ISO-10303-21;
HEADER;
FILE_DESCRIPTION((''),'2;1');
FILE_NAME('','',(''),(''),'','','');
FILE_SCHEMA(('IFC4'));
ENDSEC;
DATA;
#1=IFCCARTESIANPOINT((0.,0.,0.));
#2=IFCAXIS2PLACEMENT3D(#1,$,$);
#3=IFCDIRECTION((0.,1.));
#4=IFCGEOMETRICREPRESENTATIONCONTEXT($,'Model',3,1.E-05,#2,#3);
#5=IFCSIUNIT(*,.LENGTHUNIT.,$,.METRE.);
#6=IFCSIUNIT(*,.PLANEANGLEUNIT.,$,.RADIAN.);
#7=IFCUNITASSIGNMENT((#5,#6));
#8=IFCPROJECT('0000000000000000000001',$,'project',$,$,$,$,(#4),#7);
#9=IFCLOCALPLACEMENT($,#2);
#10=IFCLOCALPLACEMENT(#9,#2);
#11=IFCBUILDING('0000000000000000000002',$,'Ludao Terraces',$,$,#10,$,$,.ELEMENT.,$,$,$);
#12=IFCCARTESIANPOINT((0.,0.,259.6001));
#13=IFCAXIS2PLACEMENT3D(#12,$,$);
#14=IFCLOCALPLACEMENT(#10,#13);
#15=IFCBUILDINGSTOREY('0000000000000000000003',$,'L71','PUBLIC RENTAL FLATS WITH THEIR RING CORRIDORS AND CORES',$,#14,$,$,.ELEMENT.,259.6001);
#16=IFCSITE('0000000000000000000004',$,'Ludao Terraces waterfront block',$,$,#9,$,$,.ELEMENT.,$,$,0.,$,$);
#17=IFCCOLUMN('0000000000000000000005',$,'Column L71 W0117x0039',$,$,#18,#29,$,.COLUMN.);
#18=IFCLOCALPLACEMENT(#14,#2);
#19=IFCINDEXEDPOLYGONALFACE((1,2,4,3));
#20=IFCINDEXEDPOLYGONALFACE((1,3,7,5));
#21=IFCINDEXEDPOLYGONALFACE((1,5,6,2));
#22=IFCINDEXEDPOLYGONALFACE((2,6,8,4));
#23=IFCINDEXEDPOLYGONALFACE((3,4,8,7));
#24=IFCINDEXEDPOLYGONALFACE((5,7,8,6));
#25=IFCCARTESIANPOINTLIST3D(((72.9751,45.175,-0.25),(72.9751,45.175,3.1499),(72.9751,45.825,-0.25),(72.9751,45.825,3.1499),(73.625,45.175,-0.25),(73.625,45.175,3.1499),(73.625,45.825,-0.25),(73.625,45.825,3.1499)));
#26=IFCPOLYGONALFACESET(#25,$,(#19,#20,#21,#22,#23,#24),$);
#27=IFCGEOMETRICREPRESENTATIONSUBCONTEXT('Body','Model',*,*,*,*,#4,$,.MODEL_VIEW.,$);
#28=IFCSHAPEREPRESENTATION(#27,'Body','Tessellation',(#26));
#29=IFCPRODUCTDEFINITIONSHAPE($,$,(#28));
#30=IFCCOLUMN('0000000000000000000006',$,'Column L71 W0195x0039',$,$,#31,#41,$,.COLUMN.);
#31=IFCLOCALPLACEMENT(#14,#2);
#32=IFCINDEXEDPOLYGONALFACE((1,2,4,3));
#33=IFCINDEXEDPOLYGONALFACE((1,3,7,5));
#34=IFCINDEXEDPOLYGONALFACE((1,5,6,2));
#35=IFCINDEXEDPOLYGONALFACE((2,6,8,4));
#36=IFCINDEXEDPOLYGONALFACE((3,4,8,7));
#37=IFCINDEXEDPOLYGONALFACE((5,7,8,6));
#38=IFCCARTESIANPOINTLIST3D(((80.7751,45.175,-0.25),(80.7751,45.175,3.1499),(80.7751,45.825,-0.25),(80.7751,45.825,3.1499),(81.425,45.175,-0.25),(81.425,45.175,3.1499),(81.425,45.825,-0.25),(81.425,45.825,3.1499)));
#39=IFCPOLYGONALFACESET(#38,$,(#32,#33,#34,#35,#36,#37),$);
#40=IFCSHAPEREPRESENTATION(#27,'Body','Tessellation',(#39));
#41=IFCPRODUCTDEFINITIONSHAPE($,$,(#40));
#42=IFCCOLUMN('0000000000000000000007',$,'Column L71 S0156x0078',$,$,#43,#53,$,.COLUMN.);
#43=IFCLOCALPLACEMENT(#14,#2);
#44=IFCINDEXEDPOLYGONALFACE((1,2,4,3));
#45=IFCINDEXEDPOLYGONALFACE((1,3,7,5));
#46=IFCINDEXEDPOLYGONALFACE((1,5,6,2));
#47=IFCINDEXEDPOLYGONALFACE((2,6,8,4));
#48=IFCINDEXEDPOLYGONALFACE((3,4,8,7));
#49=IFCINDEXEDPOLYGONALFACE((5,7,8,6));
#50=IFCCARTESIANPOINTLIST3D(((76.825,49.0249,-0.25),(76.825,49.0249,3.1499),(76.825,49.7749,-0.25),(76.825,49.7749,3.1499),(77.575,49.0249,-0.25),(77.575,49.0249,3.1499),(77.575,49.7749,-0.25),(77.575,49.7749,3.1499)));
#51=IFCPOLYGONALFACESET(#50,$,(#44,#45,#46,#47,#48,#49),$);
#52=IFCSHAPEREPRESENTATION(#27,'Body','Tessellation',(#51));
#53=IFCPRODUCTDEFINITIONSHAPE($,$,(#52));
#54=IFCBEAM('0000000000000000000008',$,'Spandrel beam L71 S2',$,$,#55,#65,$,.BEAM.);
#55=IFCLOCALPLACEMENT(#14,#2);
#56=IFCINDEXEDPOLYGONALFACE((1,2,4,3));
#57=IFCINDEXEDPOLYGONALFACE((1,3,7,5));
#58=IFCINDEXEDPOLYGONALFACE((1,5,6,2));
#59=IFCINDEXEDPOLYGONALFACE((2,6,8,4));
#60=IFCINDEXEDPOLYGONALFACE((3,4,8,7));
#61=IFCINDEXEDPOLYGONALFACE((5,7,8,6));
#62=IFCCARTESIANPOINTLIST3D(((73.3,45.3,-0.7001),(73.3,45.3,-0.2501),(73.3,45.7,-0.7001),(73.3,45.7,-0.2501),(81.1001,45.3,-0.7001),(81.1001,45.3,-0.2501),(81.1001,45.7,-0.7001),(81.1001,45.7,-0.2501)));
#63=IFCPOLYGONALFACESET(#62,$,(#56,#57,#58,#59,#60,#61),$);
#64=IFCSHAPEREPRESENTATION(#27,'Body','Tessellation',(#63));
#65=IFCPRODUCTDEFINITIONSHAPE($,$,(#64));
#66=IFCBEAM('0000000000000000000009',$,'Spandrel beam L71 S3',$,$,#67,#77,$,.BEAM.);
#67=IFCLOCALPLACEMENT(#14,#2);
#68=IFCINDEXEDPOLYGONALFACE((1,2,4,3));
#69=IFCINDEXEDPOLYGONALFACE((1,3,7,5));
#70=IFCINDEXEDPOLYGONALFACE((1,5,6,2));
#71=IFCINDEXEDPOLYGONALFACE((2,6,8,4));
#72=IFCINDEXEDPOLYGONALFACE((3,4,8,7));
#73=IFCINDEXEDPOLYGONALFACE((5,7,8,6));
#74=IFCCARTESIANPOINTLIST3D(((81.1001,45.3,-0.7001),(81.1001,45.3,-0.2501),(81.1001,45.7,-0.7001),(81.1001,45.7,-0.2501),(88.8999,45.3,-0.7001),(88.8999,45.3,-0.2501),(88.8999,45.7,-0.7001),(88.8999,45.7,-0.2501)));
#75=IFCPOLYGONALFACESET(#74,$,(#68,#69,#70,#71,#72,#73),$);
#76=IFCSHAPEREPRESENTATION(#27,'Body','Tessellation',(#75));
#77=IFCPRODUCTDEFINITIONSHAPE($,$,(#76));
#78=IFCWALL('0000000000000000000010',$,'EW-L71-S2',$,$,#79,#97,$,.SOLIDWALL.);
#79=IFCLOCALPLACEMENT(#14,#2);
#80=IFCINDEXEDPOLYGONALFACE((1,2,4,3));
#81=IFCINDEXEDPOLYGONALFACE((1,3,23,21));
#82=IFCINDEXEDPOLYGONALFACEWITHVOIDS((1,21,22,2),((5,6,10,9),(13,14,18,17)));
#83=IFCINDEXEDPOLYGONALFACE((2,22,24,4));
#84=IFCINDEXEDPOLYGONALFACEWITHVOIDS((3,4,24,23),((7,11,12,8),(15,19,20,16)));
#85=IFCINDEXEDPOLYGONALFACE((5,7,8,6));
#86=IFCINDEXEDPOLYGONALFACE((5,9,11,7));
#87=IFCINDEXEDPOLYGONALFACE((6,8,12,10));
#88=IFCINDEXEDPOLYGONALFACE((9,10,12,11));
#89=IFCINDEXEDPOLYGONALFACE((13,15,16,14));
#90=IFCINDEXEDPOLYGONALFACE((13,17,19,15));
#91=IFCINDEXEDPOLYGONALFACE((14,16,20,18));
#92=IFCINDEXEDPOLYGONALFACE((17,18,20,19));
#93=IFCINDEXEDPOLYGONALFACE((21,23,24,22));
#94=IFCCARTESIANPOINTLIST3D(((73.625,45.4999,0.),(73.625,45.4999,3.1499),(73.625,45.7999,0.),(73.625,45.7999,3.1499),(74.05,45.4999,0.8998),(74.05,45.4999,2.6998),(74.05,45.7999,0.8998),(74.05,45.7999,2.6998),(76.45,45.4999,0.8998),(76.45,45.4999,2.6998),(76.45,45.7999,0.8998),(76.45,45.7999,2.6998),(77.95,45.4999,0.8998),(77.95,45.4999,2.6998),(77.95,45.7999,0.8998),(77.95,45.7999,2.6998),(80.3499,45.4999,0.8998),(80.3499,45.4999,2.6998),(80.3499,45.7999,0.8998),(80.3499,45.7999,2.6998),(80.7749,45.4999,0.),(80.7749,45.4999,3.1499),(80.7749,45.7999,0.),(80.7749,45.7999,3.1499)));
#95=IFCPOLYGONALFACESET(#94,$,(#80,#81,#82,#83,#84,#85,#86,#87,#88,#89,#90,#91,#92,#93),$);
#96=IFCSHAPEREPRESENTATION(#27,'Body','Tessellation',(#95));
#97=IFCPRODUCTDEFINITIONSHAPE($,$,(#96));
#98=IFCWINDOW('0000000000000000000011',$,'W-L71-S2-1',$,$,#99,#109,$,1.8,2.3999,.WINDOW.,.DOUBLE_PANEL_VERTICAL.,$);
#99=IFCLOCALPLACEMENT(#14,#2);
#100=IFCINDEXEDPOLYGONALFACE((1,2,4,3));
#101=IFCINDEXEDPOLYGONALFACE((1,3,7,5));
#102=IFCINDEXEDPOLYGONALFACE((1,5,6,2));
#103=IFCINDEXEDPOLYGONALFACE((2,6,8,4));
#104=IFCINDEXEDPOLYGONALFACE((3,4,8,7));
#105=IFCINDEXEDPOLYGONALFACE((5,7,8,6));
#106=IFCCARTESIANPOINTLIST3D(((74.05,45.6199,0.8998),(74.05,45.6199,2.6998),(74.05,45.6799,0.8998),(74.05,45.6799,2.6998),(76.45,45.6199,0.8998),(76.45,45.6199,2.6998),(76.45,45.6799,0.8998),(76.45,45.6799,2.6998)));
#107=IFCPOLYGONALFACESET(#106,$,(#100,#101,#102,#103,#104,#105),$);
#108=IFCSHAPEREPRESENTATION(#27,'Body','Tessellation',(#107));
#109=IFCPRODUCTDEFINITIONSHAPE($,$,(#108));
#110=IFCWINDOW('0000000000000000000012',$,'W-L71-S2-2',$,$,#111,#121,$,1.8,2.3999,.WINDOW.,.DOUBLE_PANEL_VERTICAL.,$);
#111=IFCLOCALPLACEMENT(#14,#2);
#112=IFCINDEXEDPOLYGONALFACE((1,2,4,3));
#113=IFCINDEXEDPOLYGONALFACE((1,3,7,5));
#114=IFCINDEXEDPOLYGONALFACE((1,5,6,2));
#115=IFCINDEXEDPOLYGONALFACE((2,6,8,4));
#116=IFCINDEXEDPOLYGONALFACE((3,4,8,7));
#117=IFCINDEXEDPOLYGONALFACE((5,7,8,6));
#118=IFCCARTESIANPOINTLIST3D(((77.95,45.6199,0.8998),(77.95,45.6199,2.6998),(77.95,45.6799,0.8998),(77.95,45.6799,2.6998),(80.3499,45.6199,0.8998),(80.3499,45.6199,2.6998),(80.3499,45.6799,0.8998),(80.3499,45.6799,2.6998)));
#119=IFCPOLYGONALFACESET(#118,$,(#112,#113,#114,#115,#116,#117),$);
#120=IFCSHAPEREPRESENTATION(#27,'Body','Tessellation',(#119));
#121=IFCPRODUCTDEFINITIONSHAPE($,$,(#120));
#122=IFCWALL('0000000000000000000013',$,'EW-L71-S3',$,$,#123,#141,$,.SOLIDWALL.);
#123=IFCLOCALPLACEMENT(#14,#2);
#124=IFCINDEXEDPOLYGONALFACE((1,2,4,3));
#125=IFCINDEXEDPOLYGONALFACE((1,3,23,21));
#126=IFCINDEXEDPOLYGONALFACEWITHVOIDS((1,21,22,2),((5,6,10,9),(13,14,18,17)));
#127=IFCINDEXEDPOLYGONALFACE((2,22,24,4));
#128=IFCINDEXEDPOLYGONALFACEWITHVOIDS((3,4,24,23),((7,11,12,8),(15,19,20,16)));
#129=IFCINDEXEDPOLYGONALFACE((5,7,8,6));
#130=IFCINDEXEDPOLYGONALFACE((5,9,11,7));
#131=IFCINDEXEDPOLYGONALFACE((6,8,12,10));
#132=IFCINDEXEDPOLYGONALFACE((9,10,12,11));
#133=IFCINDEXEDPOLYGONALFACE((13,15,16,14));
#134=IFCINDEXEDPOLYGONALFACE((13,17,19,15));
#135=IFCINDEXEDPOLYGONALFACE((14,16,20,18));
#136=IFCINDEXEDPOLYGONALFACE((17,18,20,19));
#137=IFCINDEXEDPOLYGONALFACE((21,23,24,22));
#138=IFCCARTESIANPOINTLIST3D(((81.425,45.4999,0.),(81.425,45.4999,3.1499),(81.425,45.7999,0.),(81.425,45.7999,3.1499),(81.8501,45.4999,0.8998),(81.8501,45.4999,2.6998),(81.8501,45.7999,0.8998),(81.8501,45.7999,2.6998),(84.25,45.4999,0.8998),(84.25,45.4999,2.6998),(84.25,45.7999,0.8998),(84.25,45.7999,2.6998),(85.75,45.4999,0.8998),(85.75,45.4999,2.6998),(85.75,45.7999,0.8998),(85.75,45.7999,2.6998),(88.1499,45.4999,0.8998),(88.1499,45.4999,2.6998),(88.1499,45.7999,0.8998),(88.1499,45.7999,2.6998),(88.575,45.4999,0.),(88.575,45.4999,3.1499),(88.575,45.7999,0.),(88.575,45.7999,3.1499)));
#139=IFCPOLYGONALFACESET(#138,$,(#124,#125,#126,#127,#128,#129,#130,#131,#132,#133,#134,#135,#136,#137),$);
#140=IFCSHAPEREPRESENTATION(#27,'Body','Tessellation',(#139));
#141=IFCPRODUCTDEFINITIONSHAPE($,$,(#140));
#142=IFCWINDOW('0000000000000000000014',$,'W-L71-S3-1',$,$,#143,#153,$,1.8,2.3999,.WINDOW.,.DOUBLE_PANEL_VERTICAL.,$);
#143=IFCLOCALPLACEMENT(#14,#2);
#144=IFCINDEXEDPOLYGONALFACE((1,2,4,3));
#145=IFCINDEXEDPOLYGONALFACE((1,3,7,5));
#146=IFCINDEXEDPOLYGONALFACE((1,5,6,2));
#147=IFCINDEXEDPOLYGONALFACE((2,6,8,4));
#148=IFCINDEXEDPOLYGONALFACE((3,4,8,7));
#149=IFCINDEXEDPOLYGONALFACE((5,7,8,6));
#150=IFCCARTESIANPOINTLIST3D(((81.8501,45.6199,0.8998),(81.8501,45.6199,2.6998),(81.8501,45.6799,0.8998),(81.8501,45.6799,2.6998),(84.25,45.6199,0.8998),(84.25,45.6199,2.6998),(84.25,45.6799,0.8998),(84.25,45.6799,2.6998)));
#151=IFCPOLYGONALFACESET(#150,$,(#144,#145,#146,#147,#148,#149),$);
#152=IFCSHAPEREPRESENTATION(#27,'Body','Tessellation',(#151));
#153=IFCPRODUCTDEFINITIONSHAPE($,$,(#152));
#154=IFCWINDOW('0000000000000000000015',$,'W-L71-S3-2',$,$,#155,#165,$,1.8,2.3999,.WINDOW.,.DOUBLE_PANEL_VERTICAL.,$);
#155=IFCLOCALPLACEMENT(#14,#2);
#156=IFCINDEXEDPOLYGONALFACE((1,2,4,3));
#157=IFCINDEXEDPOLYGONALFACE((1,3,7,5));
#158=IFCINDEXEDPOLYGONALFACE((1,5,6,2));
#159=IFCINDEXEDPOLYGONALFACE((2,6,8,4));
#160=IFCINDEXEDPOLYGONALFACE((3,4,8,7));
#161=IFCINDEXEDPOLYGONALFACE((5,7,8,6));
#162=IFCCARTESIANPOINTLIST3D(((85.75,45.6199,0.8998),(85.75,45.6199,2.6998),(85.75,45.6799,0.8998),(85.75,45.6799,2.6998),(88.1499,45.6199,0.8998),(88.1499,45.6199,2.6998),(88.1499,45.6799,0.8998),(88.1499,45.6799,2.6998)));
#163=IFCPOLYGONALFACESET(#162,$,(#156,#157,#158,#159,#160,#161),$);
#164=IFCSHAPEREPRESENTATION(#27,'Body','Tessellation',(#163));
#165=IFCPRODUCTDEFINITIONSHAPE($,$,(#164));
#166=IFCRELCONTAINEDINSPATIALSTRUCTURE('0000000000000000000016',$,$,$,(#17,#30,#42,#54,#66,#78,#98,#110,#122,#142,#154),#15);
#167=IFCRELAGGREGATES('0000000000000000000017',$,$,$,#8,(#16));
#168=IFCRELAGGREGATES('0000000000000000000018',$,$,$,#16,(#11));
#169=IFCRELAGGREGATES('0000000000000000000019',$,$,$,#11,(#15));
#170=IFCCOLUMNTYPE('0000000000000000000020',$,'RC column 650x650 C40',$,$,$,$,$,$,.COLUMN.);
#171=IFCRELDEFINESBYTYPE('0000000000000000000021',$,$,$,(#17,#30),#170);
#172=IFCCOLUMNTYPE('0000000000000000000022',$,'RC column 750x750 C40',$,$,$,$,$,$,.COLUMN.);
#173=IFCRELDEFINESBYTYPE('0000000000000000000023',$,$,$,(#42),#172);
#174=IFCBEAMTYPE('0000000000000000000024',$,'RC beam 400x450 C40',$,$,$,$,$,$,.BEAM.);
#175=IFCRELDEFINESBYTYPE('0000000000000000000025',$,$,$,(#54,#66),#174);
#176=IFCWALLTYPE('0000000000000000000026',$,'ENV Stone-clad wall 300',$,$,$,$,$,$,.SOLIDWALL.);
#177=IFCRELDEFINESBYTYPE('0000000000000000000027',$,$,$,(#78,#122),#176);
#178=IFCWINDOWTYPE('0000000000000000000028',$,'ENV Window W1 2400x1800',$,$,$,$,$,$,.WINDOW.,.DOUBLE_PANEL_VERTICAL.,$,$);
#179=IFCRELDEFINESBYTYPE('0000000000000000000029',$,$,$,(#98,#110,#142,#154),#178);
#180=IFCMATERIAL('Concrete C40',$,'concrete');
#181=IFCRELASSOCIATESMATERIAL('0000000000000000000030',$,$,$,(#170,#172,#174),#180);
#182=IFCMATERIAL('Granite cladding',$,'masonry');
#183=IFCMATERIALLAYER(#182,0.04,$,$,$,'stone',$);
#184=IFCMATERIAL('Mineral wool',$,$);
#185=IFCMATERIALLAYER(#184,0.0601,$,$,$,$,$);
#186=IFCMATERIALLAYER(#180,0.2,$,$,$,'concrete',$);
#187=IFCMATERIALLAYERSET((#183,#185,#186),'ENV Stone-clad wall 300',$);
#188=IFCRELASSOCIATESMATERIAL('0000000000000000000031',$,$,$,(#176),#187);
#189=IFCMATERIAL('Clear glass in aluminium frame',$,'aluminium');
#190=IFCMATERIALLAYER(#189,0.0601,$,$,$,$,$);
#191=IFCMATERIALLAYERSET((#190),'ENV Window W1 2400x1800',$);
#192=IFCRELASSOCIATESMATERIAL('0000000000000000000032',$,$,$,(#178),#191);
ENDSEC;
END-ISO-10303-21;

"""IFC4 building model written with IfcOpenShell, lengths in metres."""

from ifc_helpers import new_model, si_unit, direction, frame, frame_2d, origin, origin_2d, place, context, subcontext, project, spatial, rectangle, extrude, material, layer, layer_set, material_profile, profile_set, type_object, element, fill, save


model = new_model("IFC4")

# Units and contexts
model_context = context("Model", 3, precision=1e-05, world=origin(), true_north=direction((0.0, 1.0)))
body_context = subcontext(model_context, "Body", "Model", "MODEL_VIEW")
ifc_project = project(units=[si_unit("LENGTHUNIT", "METRE"), si_unit("PLANEANGLEUNIT", "RADIAN")], contexts=[model_context])

# Site, building, storey
site_placement = place(None, origin())
site = spatial("IfcSite", under=ifc_project, at=site_placement, Name="Ludao Terraces waterfront block", CompositionType="ELEMENT", RefElevation=0.0)
building_placement = place(site_placement, origin())
building = spatial("IfcBuilding", under=site, at=building_placement, Name="Ludao Terraces", CompositionType="ELEMENT")
storey_placement = place(building_placement, frame((0.0, 0.0, 259.6001)))
storey = spatial("IfcBuildingStorey", under=building, at=storey_placement, Name="L71", Description="PUBLIC RENTAL FLATS WITH THEIR RING CORRIDORS AND CORES", CompositionType="ELEMENT", Elevation=259.6001)

# Columns
ifc_material_1 = material(Name="Concrete C40", Category="concrete")
ifc_material_profile_1 = material_profile(ifc_material_1, rectangle(XDim=0.6499, YDim=0.6499, at=origin_2d()), Name="650 X 650")
ifc_profile_set_1 = profile_set([ifc_material_profile_1], Name="Concrete C40")
column_type_1 = type_object("IfcColumnType", Name="RC column 650x650 C40", PredefinedType="COLUMN", material=ifc_profile_set_1)
for number, where, z_axis, x_axis, name in (
    (1, (73.3, 45.5, -0.25), (0.0, 0.0, 1.0), (1.0, 0.0, 0.0), "Column L71 W0117x0039"),
    (2, (81.1001, 45.5, -0.25), (0.0, 0.0, 1.0), (1.0, 0.0, 0.0), "Column L71 W0195x0039"),
):
    element("IfcColumn", number, at=place(storey_placement, frame(where, z_axis=z_axis, x_axis=x_axis)), inside=storey, type_object=column_type_1, Name=name, PredefinedType="COLUMN", context=body_context, shape_type="SweptSolid", body=[
        extrude(rectangle(XDim=0.6499, YDim=0.6499, at=origin_2d()), origin(), (0.0, 0.0, 1.0), 3.3999),
    ])
ifc_material_profile_2 = material_profile(ifc_material_1, rectangle(XDim=0.75, YDim=0.75, at=origin_2d()), Name="750 X 750")
ifc_profile_set_2 = profile_set([ifc_material_profile_2], Name="Concrete C40")
column_type_2 = type_object("IfcColumnType", Name="RC column 750x750 C40", PredefinedType="COLUMN", material=ifc_profile_set_2)
column_placement = place(storey_placement, frame((77.2, 49.3999, -0.25), z_axis=(0.0, 0.0, 1.0), x_axis=(1.0, 0.0, 0.0)))
element("IfcColumn", 3, at=column_placement, inside=storey, type_object=column_type_2, Name="Column L71 S0156x0078", PredefinedType="COLUMN", context=body_context, shape_type="SweptSolid", body=[
    extrude(rectangle(XDim=0.75, YDim=0.75, at=origin_2d()), origin(), (0.0, 0.0, 1.0), 3.3999),
])

# Beams
ifc_material_profile_3 = material_profile(ifc_material_1, rectangle(XDim=0.3999, YDim=0.45, at=origin_2d()), Name="400 X 450")
ifc_profile_set_3 = profile_set([ifc_material_profile_3], Name="Concrete C40")
beam_type = type_object("IfcBeamType", Name="RC beam 400x450 C40", PredefinedType="BEAM", material=ifc_profile_set_3)
beam_1_placement = place(storey_placement, frame((73.3, 45.5, -0.4751), z_axis=(1.0, 0.0, 0.0), x_axis=(0.0, 1.0, 0.0)))
element("IfcBeam", 4, at=beam_1_placement, inside=storey, type_object=beam_type, Name="Spandrel beam L71 S2", PredefinedType="BEAM", context=body_context, shape_type="SweptSolid", body=[
    extrude(rectangle(XDim=0.3999, YDim=0.45, at=origin_2d()), origin(), (0.0, 0.0, 1.0), 7.8),
])
beam_2_placement = place(storey_placement, frame((81.1001, 45.5, -0.4751), z_axis=(1.0, 0.0, 0.0), x_axis=(0.0, 1.0, 0.0)))
element("IfcBeam", 5, at=beam_2_placement, inside=storey, type_object=beam_type, Name="Spandrel beam L71 S3", PredefinedType="BEAM", context=body_context, shape_type="SweptSolid", body=[
    extrude(rectangle(XDim=0.3999, YDim=0.45, at=origin_2d()), origin(), (0.0, 0.0, 1.0), 7.7998),
])

# Walls, openings, windows
ifc_material_2 = material(Name="Granite cladding", Category="masonry")
ifc_layer_1 = layer(ifc_material_2, 0.04, Category="stone")
ifc_material_3 = material(Name="Mineral wool")
ifc_layer_2 = layer(ifc_material_3, 0.0601)
ifc_layer_3 = layer(ifc_material_1, 0.2, Category="concrete")
ifc_layer_set_1 = layer_set([ifc_layer_1, ifc_layer_2, ifc_layer_3], Name="ENV Stone-clad wall 300")
wall_type_1 = type_object("IfcWallType", Name="ENV Stone-clad wall 300", PredefinedType="SOLIDWALL", material=ifc_layer_set_1)
wall_1_placement = place(storey_placement, frame((73.625, 45.6499, 0.0), z_axis=(0.0, 0.0, 1.0), x_axis=(1.0, 0.0, 0.0)))
wall_1 = element("IfcWall", 6, at=wall_1_placement, inside=storey, type_object=wall_type_1, Name="EW-L71-S2", PredefinedType="SOLIDWALL", context=body_context, shape_type="SweptSolid", body=[
    extrude(rectangle(XDim=7.1499, YDim=0.3, at=frame_2d((3.575, 0.0))), origin(), (0.0, 0.0, 1.0), 3.1499),
])
opening_1_placement = place(wall_1_placement, frame((0.425, 0.0, 0.8999)))
opening_1 = element("IfcOpeningElement", 7, at=opening_1_placement, cuts=wall_1, PredefinedType="OPENING", context=body_context, shape_type="SweptSolid", body=[
    extrude(rectangle(XDim=2.3999, YDim=1.8, at=frame_2d((1.2, 0.8999))), frame((0.0, 0.1602, 0.0), z_axis=(0.0, -1.0, 0.0), x_axis=(1.0, 0.0, 0.0)), (0.0, 0.0, 1.0), 0.3201),
])
opening_2_placement = place(wall_1_placement, frame((4.325, 0.0, 0.8999)))
opening_2 = element("IfcOpeningElement", 8, at=opening_2_placement, cuts=wall_1, PredefinedType="OPENING", context=body_context, shape_type="SweptSolid", body=[
    extrude(rectangle(XDim=2.3999, YDim=1.8, at=frame_2d((1.2, 0.8999))), frame((0.0, 0.1602, 0.0), z_axis=(0.0, -1.0, 0.0), x_axis=(1.0, 0.0, 0.0)), (0.0, 0.0, 1.0), 0.3201),
])
ifc_material_4 = material(Name="Clear glass in aluminium frame", Category="aluminium")
ifc_layer_4 = layer(ifc_material_4, 0.0601)
ifc_layer_set_2 = layer_set([ifc_layer_4], Name="ENV Window W1 2400x1800")
window_type = type_object("IfcWindowType", Name="ENV Window W1 2400x1800", PartitioningType="DOUBLE_PANEL_VERTICAL", PredefinedType="WINDOW", material=ifc_layer_set_2)
window_1_placement = place(opening_1_placement, origin())
window_1 = element("IfcWindow", 9, at=window_1_placement, inside=storey, type_object=window_type, Name="W-L71-S2-1", OverallHeight=1.8, OverallWidth=2.3999, PartitioningType="DOUBLE_PANEL_VERTICAL", PredefinedType="WINDOW", context=body_context, shape_type="SweptSolid", body=[
    extrude(rectangle(XDim=2.3999, YDim=1.8, at=frame_2d((1.2, 0.8999))), frame((0.0, 0.03, 0.0), z_axis=(0.0, -1.0, 0.0), x_axis=(1.0, 0.0, 0.0)), (0.0, 0.0, 1.0), 0.0601),
])
fill(opening_1, window_1)
window_2_placement = place(opening_2_placement, origin())
window_2 = element("IfcWindow", 10, at=window_2_placement, inside=storey, type_object=window_type, Name="W-L71-S2-2", OverallHeight=1.8, OverallWidth=2.3999, PartitioningType="DOUBLE_PANEL_VERTICAL", PredefinedType="WINDOW", context=body_context, shape_type="SweptSolid", body=[
    extrude(rectangle(XDim=2.3999, YDim=1.8, at=frame_2d((1.2, 0.8999))), frame((0.0, 0.03, 0.0), z_axis=(0.0, -1.0, 0.0), x_axis=(1.0, 0.0, 0.0)), (0.0, 0.0, 1.0), 0.0601),
])
fill(opening_2, window_2)
wall_2_placement = place(storey_placement, frame((81.425, 45.6499, 0.0), z_axis=(0.0, 0.0, 1.0), x_axis=(1.0, 0.0, 0.0)))
wall_2 = element("IfcWall", 11, at=wall_2_placement, inside=storey, type_object=wall_type_1, Name="EW-L71-S3", PredefinedType="SOLIDWALL", context=body_context, shape_type="SweptSolid", body=[
    extrude(rectangle(XDim=7.1499, YDim=0.3, at=frame_2d((3.575, 0.0))), origin(), (0.0, 0.0, 1.0), 3.1499),
])
opening_3_placement = place(wall_2_placement, frame((0.425, 0.0, 0.8999)))
opening_3 = element("IfcOpeningElement", 12, at=opening_3_placement, cuts=wall_2, PredefinedType="OPENING", context=body_context, shape_type="SweptSolid", body=[
    extrude(rectangle(XDim=2.3999, YDim=1.8, at=frame_2d((1.2, 0.8999))), frame((0.0, 0.1602, 0.0), z_axis=(0.0, -1.0, 0.0), x_axis=(1.0, 0.0, 0.0)), (0.0, 0.0, 1.0), 0.3201),
])
opening_4_placement = place(wall_2_placement, frame((4.325, 0.0, 0.8999)))
opening_4 = element("IfcOpeningElement", 13, at=opening_4_placement, cuts=wall_2, PredefinedType="OPENING", context=body_context, shape_type="SweptSolid", body=[
    extrude(rectangle(XDim=2.3999, YDim=1.8, at=frame_2d((1.2, 0.8999))), frame((0.0, 0.1602, 0.0), z_axis=(0.0, -1.0, 0.0), x_axis=(1.0, 0.0, 0.0)), (0.0, 0.0, 1.0), 0.3201),
])
window_3_placement = place(opening_3_placement, origin())
window_3 = element("IfcWindow", 14, at=window_3_placement, inside=storey, type_object=window_type, Name="W-L71-S3-1", OverallHeight=1.8, OverallWidth=2.3999, PartitioningType="DOUBLE_PANEL_VERTICAL", PredefinedType="WINDOW", context=body_context, shape_type="SweptSolid", body=[
    extrude(rectangle(XDim=2.3999, YDim=1.8, at=frame_2d((1.2, 0.8999))), frame((0.0, 0.03, 0.0), z_axis=(0.0, -1.0, 0.0), x_axis=(1.0, 0.0, 0.0)), (0.0, 0.0, 1.0), 0.0601),
])
fill(opening_3, window_3)
window_4_placement = place(opening_4_placement, origin())
window_4 = element("IfcWindow", 15, at=window_4_placement, inside=storey, type_object=window_type, Name="W-L71-S3-2", OverallHeight=1.8, OverallWidth=2.3999, PartitioningType="DOUBLE_PANEL_VERTICAL", PredefinedType="WINDOW", context=body_context, shape_type="SweptSolid", body=[
    extrude(rectangle(XDim=2.3999, YDim=1.8, at=frame_2d((1.2, 0.8999))), frame((0.0, 0.03, 0.0), z_axis=(0.0, -1.0, 0.0), x_axis=(1.0, 0.0, 0.0)), (0.0, 0.0, 1.0), 0.0601),
])
fill(opening_4, window_4)

save(model, "model.ifc")
